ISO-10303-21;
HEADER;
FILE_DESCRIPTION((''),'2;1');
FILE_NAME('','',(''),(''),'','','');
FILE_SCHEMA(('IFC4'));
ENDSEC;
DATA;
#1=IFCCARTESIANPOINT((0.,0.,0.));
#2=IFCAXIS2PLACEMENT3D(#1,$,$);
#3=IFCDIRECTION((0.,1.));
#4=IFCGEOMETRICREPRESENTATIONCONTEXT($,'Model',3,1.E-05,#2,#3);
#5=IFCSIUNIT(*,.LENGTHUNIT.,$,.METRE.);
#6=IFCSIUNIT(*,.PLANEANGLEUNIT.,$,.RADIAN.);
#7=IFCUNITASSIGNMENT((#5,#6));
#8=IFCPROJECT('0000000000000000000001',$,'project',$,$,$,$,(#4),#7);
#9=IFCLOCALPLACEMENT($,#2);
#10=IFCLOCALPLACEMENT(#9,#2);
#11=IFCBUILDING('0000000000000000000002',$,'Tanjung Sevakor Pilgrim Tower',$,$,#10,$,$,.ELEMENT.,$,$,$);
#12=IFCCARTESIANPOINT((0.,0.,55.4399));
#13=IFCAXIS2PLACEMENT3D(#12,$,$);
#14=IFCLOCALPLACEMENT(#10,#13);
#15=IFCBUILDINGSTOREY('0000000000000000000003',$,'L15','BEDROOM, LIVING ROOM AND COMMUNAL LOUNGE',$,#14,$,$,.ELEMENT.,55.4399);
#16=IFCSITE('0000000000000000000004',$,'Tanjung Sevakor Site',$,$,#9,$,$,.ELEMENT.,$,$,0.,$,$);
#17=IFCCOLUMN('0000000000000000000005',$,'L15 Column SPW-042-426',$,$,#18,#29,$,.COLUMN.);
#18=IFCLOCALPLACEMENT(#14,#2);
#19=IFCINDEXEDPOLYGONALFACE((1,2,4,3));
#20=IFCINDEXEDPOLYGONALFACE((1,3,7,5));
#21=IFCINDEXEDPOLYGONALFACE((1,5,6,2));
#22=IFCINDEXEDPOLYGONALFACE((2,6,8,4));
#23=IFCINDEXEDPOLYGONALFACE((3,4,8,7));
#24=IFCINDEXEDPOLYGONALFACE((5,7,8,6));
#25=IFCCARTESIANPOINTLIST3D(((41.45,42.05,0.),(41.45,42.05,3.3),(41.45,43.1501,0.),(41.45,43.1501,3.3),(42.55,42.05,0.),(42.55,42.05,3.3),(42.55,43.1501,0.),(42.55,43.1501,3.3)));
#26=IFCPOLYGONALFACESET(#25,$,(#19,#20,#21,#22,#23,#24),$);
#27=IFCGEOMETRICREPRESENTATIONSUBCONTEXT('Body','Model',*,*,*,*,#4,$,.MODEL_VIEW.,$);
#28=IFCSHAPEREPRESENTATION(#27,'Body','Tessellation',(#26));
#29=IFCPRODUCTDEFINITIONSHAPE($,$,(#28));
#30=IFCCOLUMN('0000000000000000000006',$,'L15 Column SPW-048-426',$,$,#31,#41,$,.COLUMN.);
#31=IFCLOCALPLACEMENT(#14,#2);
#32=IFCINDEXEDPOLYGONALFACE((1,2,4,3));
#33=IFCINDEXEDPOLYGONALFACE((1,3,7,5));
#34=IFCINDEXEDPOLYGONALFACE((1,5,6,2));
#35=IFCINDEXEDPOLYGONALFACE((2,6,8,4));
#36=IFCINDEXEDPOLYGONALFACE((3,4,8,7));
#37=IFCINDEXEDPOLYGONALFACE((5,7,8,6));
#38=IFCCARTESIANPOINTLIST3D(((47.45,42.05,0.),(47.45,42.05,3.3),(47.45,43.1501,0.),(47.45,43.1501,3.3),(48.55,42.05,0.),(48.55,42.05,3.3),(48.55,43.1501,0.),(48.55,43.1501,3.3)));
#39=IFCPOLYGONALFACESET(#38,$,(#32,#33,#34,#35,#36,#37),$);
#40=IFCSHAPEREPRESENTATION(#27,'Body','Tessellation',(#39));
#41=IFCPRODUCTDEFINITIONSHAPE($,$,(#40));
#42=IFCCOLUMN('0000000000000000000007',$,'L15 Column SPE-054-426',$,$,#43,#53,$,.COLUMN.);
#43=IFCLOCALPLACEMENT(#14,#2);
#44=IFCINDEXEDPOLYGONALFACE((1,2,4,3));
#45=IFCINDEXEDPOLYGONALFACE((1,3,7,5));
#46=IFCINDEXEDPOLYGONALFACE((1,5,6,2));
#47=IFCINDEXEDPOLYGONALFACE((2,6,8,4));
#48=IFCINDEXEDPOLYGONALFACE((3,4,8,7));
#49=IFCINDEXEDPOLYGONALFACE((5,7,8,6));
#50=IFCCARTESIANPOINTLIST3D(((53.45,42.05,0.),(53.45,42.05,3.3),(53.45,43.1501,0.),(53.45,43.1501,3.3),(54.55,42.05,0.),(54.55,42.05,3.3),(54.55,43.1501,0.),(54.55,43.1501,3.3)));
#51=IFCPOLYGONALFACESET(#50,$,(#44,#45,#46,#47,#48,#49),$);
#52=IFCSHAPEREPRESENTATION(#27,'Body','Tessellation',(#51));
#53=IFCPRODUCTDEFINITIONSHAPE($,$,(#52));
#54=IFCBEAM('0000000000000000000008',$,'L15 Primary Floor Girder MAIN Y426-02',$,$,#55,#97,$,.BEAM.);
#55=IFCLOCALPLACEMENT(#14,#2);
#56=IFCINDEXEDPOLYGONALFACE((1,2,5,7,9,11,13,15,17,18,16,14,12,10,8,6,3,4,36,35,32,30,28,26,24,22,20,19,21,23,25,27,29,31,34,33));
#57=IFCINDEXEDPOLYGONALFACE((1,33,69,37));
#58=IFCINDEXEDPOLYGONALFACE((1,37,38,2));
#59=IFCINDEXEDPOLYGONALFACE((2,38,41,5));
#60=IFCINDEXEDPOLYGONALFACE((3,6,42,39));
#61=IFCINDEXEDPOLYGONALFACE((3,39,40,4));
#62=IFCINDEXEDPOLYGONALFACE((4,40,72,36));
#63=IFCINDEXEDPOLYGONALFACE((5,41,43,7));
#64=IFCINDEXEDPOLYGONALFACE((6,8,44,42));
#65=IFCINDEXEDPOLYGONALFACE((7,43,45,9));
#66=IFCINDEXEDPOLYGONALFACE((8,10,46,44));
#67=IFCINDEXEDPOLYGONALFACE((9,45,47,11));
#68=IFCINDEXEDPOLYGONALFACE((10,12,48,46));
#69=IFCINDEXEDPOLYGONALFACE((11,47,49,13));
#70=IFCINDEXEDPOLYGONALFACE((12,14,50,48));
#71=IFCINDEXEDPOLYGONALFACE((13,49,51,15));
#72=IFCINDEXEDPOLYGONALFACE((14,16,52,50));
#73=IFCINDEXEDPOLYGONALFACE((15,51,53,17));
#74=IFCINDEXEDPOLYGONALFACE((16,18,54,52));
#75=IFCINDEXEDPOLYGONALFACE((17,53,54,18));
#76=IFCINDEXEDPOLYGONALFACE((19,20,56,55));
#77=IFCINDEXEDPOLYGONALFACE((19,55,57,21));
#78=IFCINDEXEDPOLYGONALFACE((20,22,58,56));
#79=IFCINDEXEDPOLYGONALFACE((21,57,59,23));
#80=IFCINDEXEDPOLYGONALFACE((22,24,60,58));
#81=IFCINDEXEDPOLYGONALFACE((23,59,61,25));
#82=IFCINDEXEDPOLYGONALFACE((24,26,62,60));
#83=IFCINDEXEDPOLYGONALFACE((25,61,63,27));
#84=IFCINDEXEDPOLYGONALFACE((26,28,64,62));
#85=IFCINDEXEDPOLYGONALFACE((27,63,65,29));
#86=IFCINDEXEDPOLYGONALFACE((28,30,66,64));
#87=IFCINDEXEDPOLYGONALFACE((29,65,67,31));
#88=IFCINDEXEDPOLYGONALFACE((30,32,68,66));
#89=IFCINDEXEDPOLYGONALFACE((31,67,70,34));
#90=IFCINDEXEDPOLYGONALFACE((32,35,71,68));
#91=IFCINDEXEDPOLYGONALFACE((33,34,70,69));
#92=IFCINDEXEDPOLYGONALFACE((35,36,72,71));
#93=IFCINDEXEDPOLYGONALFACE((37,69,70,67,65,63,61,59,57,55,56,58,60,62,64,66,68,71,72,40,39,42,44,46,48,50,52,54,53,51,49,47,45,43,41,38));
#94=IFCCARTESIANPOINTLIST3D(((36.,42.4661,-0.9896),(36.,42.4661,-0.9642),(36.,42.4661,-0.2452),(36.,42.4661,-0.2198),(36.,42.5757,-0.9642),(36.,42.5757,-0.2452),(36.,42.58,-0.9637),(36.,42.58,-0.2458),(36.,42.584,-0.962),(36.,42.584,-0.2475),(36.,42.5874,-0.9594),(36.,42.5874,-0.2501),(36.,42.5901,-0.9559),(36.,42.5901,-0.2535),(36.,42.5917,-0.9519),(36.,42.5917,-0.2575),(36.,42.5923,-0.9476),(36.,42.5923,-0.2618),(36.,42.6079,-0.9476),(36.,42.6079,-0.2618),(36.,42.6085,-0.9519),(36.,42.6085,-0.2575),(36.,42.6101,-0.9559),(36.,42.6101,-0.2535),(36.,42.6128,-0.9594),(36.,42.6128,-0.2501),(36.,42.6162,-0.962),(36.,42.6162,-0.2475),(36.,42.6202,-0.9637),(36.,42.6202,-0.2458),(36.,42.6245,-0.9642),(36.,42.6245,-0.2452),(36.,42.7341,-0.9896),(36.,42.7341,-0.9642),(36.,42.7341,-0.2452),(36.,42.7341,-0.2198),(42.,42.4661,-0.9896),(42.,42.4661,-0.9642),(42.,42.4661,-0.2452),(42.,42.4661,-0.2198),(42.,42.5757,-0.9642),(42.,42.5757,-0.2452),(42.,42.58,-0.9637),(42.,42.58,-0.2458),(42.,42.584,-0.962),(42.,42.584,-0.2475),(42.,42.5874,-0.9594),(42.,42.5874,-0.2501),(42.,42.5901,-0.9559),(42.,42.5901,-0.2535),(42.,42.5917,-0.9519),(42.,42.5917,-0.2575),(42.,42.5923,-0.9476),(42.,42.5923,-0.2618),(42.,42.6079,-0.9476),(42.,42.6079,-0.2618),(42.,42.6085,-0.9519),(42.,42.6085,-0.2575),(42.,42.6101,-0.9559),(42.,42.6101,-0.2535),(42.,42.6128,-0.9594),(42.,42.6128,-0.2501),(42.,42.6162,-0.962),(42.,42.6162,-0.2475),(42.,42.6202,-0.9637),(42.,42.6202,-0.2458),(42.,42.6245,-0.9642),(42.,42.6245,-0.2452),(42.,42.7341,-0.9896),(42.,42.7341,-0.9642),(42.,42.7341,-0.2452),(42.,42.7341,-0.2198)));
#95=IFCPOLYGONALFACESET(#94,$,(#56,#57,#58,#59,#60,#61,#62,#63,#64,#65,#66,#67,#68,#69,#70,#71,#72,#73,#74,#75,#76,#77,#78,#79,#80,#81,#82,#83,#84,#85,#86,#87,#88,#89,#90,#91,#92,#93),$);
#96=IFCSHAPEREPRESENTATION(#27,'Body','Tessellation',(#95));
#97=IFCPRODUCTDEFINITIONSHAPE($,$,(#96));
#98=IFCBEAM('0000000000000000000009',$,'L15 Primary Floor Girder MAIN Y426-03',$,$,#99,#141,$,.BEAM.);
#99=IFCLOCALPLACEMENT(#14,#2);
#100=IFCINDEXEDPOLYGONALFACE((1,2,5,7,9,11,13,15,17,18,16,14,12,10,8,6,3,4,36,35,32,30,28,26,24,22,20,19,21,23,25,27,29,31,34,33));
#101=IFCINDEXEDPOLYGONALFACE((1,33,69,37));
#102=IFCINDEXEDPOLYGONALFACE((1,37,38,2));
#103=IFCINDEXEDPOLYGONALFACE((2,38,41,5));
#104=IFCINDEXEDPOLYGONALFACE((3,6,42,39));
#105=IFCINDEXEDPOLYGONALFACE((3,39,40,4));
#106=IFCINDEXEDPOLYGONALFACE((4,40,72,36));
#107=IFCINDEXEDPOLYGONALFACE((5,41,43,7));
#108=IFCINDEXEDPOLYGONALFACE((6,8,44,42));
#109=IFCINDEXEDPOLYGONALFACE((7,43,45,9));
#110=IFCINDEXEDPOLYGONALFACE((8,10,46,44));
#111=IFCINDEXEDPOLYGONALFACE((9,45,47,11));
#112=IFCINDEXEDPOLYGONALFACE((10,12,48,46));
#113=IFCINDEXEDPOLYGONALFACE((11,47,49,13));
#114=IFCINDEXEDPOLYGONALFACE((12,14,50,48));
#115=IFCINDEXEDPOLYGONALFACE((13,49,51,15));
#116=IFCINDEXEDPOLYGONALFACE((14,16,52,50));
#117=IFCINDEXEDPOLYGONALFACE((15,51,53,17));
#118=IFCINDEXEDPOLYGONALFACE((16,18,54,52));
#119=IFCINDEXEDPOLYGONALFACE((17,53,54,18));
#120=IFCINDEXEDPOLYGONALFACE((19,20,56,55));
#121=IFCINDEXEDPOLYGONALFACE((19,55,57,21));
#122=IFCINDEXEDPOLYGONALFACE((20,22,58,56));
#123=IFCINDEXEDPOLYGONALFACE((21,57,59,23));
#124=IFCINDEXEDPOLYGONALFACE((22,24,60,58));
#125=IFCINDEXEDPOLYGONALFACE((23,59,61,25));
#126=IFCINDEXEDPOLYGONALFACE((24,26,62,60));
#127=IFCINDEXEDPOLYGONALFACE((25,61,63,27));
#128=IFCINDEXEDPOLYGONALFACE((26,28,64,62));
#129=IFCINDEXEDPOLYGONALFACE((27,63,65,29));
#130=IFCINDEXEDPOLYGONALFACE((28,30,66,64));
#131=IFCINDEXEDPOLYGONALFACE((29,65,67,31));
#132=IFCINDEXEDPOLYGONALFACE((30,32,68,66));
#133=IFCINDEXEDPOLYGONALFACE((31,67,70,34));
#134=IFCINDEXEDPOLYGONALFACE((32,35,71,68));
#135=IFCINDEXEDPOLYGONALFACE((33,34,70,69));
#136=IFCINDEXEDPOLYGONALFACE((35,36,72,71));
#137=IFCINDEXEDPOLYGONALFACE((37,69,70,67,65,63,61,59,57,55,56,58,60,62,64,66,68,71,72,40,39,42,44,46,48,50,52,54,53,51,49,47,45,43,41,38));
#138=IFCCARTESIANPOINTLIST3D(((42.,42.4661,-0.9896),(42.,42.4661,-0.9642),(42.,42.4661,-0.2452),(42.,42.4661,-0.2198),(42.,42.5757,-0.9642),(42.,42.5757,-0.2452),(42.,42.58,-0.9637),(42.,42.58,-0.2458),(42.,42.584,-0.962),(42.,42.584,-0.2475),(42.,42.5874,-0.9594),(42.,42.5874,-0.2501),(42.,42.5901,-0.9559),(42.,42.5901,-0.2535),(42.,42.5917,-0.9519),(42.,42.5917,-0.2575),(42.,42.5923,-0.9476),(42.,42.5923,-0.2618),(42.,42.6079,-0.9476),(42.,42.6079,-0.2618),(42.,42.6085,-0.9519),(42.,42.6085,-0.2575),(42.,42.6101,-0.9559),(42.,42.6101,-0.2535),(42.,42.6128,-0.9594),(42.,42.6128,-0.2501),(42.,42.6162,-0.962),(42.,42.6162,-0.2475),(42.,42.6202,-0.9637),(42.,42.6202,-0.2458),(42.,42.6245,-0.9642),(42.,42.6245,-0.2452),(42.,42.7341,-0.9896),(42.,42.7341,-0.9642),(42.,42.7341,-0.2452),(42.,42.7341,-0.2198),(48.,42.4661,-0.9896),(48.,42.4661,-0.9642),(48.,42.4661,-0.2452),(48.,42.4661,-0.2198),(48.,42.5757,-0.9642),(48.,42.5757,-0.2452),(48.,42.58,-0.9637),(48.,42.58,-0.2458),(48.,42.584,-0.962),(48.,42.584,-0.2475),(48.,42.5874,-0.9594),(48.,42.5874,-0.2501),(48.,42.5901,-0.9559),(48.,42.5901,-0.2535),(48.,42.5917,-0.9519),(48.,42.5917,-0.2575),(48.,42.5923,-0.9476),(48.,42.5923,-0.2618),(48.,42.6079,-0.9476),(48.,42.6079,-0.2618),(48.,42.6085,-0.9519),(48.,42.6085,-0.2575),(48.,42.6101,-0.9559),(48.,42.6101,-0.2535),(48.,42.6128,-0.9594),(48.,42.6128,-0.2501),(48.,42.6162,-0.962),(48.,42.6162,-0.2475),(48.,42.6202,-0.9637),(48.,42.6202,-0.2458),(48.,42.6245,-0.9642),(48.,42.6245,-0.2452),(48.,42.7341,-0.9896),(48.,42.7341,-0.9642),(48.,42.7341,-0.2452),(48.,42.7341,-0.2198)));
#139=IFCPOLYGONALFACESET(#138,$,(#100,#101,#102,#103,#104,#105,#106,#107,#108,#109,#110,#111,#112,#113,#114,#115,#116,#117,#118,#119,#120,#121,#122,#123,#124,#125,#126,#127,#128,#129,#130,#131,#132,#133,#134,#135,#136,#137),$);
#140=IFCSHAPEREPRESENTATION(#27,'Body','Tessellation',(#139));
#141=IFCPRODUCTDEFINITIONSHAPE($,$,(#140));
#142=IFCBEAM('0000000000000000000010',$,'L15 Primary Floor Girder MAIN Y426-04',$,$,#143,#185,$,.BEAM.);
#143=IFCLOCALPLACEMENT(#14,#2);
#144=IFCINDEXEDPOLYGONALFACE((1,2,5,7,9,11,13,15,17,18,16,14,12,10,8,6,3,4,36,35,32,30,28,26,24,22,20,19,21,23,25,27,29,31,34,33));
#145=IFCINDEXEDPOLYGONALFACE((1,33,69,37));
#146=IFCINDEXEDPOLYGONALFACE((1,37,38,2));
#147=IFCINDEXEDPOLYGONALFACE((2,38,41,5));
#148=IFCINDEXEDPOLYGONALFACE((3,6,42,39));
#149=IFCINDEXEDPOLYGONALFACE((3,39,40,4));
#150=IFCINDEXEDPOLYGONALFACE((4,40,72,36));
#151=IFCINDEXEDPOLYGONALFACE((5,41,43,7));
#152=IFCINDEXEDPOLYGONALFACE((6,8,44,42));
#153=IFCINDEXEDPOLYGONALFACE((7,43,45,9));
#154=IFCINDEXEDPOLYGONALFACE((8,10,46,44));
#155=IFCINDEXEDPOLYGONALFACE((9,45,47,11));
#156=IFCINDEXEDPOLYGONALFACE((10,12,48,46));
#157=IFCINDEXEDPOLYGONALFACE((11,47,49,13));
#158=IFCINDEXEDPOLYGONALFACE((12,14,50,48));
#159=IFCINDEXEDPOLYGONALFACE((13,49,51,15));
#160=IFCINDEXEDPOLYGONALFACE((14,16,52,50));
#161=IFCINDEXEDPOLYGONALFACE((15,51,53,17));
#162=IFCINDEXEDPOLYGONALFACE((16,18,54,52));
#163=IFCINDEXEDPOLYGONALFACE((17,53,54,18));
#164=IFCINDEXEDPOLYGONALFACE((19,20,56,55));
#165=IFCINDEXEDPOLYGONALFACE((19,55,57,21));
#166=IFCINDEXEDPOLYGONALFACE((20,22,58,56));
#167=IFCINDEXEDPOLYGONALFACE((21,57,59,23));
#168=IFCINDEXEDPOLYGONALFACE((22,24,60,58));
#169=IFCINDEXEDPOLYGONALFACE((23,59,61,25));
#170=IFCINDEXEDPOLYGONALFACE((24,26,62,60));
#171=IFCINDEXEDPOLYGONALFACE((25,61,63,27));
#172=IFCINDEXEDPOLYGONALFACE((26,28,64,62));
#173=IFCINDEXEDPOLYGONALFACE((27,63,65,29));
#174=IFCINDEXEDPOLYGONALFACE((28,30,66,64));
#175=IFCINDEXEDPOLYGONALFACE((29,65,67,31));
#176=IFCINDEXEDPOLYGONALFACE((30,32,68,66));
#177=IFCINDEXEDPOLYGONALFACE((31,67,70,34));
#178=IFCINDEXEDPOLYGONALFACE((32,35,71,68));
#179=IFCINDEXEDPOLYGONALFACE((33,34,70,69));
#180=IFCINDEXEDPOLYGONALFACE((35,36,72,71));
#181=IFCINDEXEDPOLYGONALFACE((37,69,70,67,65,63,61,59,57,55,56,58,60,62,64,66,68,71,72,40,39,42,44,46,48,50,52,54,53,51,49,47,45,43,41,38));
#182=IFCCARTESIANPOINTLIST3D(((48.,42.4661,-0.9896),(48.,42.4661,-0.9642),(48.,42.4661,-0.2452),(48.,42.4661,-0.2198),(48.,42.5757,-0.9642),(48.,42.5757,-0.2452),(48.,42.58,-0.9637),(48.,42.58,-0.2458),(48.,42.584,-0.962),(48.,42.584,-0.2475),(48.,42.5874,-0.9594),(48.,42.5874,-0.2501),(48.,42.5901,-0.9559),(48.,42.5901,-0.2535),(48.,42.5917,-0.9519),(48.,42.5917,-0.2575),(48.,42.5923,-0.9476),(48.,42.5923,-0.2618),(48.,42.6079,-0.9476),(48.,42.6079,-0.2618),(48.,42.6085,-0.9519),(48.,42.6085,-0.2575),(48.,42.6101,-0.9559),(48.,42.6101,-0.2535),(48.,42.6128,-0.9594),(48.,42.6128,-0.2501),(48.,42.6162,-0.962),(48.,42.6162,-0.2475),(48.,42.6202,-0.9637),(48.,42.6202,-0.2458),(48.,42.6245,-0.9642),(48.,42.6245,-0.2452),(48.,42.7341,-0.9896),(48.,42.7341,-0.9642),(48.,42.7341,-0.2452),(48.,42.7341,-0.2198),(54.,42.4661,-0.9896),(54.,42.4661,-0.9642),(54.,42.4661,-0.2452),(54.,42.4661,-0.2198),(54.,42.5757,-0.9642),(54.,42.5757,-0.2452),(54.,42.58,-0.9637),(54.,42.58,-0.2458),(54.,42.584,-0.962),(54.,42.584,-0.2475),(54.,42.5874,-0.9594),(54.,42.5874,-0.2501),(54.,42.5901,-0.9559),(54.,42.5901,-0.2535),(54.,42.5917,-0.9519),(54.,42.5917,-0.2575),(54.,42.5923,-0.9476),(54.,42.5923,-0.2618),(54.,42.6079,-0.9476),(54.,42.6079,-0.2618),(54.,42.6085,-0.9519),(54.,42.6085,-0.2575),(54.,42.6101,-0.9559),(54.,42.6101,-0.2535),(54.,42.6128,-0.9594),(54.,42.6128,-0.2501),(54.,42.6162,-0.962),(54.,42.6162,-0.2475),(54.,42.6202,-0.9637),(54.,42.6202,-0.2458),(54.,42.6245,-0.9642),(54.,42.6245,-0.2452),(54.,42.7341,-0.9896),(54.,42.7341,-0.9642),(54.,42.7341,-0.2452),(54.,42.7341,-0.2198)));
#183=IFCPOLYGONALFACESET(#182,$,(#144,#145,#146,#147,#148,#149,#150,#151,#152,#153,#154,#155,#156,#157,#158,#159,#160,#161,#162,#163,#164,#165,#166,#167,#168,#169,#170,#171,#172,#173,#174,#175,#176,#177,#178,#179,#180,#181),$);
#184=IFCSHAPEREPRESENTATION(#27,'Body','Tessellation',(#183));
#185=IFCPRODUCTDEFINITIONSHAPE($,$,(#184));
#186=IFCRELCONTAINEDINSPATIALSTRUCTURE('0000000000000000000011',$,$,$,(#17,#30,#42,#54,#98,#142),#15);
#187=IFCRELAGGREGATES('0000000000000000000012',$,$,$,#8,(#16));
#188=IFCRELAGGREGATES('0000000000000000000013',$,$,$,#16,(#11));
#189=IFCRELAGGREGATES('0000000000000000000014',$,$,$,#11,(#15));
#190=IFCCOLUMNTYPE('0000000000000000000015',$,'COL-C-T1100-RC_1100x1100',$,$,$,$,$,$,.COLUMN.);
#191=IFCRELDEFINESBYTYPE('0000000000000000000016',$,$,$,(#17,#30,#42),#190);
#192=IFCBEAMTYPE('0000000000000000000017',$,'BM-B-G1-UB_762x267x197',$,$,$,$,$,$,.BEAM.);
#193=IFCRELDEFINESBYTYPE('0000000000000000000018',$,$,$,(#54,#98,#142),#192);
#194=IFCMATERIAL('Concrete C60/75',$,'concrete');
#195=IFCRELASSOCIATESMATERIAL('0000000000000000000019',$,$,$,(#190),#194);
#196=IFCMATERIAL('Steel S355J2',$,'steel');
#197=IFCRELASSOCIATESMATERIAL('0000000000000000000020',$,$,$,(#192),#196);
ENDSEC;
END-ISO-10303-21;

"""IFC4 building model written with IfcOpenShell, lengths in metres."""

from ifc_helpers import new_model, si_unit, direction, frame, origin, origin_2d, place, context, subcontext, project, spatial, rectangle, i_section, extrude, material, material_profile, profile_set, type_object, element, save


model = new_model("IFC4")

# Units and contexts
model_context = context("Model", 3, precision=1e-05, world=origin(), true_north=direction((0.0, 1.0)))
body_context = subcontext(model_context, "Body", "Model", "MODEL_VIEW")
ifc_project = project(units=[si_unit("LENGTHUNIT", "METRE"), si_unit("PLANEANGLEUNIT", "RADIAN")], contexts=[model_context])

# Site, building, storey
site_placement = place(None, origin())
site = spatial("IfcSite", under=ifc_project, at=site_placement, Name="Tanjung Sevakor Site", CompositionType="ELEMENT", RefElevation=0.0)
building_placement = place(site_placement, origin())
building = spatial("IfcBuilding", under=site, at=building_placement, Name="Tanjung Sevakor Pilgrim Tower", CompositionType="ELEMENT")
storey_placement = place(building_placement, frame((0.0, 0.0, 55.4399)))
storey = spatial("IfcBuildingStorey", under=building, at=storey_placement, Name="L15", Description="BEDROOM, LIVING ROOM AND COMMUNAL LOUNGE", CompositionType="ELEMENT", Elevation=55.4399)

# Columns
ifc_material_1 = material(Name="Concrete C60/75", Category="concrete")
ifc_material_profile_1 = material_profile(ifc_material_1, rectangle(XDim=1.1001, YDim=1.1001, at=origin_2d()))
ifc_profile_set_1 = profile_set([ifc_material_profile_1], Name="Concrete C60/75")
column_type = type_object("IfcColumnType", Name="COL-C-T1100-RC_1100x1100", PredefinedType="COLUMN", material=ifc_profile_set_1)
for number, where, z_axis, x_axis, name in (
    (1, (42.0, 42.6001, 0.0), (0.0, 0.0, 1.0), (1.0, 0.0, 0.0), "L15 Column SPW-042-426"),
    (2, (48.0, 42.6001, 0.0), (0.0, 0.0, 1.0), (1.0, 0.0, 0.0), "L15 Column SPW-048-426"),
    (3, (54.0, 42.6001, 0.0), (0.0, 0.0, 1.0), (1.0, 0.0, 0.0), "L15 Column SPE-054-426"),
):
    element("IfcColumn", number, at=place(storey_placement, frame(where, z_axis=z_axis, x_axis=x_axis)), inside=storey, type_object=column_type, Name=name, PredefinedType="COLUMN", context=body_context, shape_type="SweptSolid", body=[
        extrude(rectangle(XDim=1.1001, YDim=1.1001, at=origin_2d()), origin(), (0.0, 0.0, 1.0), 3.3),
    ])

# Beams
ifc_material_2 = material(Name="Steel S355J2", Category="steel")
ifc_material_profile_2 = material_profile(ifc_material_2, i_section(OverallWidth=0.2681, OverallDepth=0.7698, WebThickness=0.0156, FlangeThickness=0.0254, FilletRadius=0.0166, at=origin_2d()))
ifc_profile_set_2 = profile_set([ifc_material_profile_2], Name="Steel S355J2")
beam_type_1 = type_object("IfcBeamType", Name="BM-B-G1-UB_762x267x197", PredefinedType="BEAM", material=ifc_profile_set_2)
for number, where, z_axis, x_axis, name in (
    (4, (36.0, 42.6001, -0.6047), (1.0, 0.0, 0.0), (0.0, 1.0, 0.0), "L15 Primary Floor Girder MAIN Y426-02"),
    (5, (42.0, 42.6001, -0.6047), (1.0, 0.0, 0.0), (0.0, 1.0, 0.0), "L15 Primary Floor Girder MAIN Y426-03"),
    (6, (48.0, 42.6001, -0.6047), (1.0, 0.0, 0.0), (0.0, 1.0, 0.0), "L15 Primary Floor Girder MAIN Y426-04"),
):
    element("IfcBeam", number, at=place(storey_placement, frame(where, z_axis=z_axis, x_axis=x_axis)), inside=storey, type_object=beam_type_1, Name=name, PredefinedType="BEAM", context=body_context, shape_type="SweptSolid", body=[
        extrude(i_section(OverallWidth=0.2681, OverallDepth=0.7698, WebThickness=0.0156, FlangeThickness=0.0254, FilletRadius=0.0166, at=origin_2d()), origin(), (0.0, 0.0, 1.0), 6.0),
    ])

save(model, "model.ifc")
